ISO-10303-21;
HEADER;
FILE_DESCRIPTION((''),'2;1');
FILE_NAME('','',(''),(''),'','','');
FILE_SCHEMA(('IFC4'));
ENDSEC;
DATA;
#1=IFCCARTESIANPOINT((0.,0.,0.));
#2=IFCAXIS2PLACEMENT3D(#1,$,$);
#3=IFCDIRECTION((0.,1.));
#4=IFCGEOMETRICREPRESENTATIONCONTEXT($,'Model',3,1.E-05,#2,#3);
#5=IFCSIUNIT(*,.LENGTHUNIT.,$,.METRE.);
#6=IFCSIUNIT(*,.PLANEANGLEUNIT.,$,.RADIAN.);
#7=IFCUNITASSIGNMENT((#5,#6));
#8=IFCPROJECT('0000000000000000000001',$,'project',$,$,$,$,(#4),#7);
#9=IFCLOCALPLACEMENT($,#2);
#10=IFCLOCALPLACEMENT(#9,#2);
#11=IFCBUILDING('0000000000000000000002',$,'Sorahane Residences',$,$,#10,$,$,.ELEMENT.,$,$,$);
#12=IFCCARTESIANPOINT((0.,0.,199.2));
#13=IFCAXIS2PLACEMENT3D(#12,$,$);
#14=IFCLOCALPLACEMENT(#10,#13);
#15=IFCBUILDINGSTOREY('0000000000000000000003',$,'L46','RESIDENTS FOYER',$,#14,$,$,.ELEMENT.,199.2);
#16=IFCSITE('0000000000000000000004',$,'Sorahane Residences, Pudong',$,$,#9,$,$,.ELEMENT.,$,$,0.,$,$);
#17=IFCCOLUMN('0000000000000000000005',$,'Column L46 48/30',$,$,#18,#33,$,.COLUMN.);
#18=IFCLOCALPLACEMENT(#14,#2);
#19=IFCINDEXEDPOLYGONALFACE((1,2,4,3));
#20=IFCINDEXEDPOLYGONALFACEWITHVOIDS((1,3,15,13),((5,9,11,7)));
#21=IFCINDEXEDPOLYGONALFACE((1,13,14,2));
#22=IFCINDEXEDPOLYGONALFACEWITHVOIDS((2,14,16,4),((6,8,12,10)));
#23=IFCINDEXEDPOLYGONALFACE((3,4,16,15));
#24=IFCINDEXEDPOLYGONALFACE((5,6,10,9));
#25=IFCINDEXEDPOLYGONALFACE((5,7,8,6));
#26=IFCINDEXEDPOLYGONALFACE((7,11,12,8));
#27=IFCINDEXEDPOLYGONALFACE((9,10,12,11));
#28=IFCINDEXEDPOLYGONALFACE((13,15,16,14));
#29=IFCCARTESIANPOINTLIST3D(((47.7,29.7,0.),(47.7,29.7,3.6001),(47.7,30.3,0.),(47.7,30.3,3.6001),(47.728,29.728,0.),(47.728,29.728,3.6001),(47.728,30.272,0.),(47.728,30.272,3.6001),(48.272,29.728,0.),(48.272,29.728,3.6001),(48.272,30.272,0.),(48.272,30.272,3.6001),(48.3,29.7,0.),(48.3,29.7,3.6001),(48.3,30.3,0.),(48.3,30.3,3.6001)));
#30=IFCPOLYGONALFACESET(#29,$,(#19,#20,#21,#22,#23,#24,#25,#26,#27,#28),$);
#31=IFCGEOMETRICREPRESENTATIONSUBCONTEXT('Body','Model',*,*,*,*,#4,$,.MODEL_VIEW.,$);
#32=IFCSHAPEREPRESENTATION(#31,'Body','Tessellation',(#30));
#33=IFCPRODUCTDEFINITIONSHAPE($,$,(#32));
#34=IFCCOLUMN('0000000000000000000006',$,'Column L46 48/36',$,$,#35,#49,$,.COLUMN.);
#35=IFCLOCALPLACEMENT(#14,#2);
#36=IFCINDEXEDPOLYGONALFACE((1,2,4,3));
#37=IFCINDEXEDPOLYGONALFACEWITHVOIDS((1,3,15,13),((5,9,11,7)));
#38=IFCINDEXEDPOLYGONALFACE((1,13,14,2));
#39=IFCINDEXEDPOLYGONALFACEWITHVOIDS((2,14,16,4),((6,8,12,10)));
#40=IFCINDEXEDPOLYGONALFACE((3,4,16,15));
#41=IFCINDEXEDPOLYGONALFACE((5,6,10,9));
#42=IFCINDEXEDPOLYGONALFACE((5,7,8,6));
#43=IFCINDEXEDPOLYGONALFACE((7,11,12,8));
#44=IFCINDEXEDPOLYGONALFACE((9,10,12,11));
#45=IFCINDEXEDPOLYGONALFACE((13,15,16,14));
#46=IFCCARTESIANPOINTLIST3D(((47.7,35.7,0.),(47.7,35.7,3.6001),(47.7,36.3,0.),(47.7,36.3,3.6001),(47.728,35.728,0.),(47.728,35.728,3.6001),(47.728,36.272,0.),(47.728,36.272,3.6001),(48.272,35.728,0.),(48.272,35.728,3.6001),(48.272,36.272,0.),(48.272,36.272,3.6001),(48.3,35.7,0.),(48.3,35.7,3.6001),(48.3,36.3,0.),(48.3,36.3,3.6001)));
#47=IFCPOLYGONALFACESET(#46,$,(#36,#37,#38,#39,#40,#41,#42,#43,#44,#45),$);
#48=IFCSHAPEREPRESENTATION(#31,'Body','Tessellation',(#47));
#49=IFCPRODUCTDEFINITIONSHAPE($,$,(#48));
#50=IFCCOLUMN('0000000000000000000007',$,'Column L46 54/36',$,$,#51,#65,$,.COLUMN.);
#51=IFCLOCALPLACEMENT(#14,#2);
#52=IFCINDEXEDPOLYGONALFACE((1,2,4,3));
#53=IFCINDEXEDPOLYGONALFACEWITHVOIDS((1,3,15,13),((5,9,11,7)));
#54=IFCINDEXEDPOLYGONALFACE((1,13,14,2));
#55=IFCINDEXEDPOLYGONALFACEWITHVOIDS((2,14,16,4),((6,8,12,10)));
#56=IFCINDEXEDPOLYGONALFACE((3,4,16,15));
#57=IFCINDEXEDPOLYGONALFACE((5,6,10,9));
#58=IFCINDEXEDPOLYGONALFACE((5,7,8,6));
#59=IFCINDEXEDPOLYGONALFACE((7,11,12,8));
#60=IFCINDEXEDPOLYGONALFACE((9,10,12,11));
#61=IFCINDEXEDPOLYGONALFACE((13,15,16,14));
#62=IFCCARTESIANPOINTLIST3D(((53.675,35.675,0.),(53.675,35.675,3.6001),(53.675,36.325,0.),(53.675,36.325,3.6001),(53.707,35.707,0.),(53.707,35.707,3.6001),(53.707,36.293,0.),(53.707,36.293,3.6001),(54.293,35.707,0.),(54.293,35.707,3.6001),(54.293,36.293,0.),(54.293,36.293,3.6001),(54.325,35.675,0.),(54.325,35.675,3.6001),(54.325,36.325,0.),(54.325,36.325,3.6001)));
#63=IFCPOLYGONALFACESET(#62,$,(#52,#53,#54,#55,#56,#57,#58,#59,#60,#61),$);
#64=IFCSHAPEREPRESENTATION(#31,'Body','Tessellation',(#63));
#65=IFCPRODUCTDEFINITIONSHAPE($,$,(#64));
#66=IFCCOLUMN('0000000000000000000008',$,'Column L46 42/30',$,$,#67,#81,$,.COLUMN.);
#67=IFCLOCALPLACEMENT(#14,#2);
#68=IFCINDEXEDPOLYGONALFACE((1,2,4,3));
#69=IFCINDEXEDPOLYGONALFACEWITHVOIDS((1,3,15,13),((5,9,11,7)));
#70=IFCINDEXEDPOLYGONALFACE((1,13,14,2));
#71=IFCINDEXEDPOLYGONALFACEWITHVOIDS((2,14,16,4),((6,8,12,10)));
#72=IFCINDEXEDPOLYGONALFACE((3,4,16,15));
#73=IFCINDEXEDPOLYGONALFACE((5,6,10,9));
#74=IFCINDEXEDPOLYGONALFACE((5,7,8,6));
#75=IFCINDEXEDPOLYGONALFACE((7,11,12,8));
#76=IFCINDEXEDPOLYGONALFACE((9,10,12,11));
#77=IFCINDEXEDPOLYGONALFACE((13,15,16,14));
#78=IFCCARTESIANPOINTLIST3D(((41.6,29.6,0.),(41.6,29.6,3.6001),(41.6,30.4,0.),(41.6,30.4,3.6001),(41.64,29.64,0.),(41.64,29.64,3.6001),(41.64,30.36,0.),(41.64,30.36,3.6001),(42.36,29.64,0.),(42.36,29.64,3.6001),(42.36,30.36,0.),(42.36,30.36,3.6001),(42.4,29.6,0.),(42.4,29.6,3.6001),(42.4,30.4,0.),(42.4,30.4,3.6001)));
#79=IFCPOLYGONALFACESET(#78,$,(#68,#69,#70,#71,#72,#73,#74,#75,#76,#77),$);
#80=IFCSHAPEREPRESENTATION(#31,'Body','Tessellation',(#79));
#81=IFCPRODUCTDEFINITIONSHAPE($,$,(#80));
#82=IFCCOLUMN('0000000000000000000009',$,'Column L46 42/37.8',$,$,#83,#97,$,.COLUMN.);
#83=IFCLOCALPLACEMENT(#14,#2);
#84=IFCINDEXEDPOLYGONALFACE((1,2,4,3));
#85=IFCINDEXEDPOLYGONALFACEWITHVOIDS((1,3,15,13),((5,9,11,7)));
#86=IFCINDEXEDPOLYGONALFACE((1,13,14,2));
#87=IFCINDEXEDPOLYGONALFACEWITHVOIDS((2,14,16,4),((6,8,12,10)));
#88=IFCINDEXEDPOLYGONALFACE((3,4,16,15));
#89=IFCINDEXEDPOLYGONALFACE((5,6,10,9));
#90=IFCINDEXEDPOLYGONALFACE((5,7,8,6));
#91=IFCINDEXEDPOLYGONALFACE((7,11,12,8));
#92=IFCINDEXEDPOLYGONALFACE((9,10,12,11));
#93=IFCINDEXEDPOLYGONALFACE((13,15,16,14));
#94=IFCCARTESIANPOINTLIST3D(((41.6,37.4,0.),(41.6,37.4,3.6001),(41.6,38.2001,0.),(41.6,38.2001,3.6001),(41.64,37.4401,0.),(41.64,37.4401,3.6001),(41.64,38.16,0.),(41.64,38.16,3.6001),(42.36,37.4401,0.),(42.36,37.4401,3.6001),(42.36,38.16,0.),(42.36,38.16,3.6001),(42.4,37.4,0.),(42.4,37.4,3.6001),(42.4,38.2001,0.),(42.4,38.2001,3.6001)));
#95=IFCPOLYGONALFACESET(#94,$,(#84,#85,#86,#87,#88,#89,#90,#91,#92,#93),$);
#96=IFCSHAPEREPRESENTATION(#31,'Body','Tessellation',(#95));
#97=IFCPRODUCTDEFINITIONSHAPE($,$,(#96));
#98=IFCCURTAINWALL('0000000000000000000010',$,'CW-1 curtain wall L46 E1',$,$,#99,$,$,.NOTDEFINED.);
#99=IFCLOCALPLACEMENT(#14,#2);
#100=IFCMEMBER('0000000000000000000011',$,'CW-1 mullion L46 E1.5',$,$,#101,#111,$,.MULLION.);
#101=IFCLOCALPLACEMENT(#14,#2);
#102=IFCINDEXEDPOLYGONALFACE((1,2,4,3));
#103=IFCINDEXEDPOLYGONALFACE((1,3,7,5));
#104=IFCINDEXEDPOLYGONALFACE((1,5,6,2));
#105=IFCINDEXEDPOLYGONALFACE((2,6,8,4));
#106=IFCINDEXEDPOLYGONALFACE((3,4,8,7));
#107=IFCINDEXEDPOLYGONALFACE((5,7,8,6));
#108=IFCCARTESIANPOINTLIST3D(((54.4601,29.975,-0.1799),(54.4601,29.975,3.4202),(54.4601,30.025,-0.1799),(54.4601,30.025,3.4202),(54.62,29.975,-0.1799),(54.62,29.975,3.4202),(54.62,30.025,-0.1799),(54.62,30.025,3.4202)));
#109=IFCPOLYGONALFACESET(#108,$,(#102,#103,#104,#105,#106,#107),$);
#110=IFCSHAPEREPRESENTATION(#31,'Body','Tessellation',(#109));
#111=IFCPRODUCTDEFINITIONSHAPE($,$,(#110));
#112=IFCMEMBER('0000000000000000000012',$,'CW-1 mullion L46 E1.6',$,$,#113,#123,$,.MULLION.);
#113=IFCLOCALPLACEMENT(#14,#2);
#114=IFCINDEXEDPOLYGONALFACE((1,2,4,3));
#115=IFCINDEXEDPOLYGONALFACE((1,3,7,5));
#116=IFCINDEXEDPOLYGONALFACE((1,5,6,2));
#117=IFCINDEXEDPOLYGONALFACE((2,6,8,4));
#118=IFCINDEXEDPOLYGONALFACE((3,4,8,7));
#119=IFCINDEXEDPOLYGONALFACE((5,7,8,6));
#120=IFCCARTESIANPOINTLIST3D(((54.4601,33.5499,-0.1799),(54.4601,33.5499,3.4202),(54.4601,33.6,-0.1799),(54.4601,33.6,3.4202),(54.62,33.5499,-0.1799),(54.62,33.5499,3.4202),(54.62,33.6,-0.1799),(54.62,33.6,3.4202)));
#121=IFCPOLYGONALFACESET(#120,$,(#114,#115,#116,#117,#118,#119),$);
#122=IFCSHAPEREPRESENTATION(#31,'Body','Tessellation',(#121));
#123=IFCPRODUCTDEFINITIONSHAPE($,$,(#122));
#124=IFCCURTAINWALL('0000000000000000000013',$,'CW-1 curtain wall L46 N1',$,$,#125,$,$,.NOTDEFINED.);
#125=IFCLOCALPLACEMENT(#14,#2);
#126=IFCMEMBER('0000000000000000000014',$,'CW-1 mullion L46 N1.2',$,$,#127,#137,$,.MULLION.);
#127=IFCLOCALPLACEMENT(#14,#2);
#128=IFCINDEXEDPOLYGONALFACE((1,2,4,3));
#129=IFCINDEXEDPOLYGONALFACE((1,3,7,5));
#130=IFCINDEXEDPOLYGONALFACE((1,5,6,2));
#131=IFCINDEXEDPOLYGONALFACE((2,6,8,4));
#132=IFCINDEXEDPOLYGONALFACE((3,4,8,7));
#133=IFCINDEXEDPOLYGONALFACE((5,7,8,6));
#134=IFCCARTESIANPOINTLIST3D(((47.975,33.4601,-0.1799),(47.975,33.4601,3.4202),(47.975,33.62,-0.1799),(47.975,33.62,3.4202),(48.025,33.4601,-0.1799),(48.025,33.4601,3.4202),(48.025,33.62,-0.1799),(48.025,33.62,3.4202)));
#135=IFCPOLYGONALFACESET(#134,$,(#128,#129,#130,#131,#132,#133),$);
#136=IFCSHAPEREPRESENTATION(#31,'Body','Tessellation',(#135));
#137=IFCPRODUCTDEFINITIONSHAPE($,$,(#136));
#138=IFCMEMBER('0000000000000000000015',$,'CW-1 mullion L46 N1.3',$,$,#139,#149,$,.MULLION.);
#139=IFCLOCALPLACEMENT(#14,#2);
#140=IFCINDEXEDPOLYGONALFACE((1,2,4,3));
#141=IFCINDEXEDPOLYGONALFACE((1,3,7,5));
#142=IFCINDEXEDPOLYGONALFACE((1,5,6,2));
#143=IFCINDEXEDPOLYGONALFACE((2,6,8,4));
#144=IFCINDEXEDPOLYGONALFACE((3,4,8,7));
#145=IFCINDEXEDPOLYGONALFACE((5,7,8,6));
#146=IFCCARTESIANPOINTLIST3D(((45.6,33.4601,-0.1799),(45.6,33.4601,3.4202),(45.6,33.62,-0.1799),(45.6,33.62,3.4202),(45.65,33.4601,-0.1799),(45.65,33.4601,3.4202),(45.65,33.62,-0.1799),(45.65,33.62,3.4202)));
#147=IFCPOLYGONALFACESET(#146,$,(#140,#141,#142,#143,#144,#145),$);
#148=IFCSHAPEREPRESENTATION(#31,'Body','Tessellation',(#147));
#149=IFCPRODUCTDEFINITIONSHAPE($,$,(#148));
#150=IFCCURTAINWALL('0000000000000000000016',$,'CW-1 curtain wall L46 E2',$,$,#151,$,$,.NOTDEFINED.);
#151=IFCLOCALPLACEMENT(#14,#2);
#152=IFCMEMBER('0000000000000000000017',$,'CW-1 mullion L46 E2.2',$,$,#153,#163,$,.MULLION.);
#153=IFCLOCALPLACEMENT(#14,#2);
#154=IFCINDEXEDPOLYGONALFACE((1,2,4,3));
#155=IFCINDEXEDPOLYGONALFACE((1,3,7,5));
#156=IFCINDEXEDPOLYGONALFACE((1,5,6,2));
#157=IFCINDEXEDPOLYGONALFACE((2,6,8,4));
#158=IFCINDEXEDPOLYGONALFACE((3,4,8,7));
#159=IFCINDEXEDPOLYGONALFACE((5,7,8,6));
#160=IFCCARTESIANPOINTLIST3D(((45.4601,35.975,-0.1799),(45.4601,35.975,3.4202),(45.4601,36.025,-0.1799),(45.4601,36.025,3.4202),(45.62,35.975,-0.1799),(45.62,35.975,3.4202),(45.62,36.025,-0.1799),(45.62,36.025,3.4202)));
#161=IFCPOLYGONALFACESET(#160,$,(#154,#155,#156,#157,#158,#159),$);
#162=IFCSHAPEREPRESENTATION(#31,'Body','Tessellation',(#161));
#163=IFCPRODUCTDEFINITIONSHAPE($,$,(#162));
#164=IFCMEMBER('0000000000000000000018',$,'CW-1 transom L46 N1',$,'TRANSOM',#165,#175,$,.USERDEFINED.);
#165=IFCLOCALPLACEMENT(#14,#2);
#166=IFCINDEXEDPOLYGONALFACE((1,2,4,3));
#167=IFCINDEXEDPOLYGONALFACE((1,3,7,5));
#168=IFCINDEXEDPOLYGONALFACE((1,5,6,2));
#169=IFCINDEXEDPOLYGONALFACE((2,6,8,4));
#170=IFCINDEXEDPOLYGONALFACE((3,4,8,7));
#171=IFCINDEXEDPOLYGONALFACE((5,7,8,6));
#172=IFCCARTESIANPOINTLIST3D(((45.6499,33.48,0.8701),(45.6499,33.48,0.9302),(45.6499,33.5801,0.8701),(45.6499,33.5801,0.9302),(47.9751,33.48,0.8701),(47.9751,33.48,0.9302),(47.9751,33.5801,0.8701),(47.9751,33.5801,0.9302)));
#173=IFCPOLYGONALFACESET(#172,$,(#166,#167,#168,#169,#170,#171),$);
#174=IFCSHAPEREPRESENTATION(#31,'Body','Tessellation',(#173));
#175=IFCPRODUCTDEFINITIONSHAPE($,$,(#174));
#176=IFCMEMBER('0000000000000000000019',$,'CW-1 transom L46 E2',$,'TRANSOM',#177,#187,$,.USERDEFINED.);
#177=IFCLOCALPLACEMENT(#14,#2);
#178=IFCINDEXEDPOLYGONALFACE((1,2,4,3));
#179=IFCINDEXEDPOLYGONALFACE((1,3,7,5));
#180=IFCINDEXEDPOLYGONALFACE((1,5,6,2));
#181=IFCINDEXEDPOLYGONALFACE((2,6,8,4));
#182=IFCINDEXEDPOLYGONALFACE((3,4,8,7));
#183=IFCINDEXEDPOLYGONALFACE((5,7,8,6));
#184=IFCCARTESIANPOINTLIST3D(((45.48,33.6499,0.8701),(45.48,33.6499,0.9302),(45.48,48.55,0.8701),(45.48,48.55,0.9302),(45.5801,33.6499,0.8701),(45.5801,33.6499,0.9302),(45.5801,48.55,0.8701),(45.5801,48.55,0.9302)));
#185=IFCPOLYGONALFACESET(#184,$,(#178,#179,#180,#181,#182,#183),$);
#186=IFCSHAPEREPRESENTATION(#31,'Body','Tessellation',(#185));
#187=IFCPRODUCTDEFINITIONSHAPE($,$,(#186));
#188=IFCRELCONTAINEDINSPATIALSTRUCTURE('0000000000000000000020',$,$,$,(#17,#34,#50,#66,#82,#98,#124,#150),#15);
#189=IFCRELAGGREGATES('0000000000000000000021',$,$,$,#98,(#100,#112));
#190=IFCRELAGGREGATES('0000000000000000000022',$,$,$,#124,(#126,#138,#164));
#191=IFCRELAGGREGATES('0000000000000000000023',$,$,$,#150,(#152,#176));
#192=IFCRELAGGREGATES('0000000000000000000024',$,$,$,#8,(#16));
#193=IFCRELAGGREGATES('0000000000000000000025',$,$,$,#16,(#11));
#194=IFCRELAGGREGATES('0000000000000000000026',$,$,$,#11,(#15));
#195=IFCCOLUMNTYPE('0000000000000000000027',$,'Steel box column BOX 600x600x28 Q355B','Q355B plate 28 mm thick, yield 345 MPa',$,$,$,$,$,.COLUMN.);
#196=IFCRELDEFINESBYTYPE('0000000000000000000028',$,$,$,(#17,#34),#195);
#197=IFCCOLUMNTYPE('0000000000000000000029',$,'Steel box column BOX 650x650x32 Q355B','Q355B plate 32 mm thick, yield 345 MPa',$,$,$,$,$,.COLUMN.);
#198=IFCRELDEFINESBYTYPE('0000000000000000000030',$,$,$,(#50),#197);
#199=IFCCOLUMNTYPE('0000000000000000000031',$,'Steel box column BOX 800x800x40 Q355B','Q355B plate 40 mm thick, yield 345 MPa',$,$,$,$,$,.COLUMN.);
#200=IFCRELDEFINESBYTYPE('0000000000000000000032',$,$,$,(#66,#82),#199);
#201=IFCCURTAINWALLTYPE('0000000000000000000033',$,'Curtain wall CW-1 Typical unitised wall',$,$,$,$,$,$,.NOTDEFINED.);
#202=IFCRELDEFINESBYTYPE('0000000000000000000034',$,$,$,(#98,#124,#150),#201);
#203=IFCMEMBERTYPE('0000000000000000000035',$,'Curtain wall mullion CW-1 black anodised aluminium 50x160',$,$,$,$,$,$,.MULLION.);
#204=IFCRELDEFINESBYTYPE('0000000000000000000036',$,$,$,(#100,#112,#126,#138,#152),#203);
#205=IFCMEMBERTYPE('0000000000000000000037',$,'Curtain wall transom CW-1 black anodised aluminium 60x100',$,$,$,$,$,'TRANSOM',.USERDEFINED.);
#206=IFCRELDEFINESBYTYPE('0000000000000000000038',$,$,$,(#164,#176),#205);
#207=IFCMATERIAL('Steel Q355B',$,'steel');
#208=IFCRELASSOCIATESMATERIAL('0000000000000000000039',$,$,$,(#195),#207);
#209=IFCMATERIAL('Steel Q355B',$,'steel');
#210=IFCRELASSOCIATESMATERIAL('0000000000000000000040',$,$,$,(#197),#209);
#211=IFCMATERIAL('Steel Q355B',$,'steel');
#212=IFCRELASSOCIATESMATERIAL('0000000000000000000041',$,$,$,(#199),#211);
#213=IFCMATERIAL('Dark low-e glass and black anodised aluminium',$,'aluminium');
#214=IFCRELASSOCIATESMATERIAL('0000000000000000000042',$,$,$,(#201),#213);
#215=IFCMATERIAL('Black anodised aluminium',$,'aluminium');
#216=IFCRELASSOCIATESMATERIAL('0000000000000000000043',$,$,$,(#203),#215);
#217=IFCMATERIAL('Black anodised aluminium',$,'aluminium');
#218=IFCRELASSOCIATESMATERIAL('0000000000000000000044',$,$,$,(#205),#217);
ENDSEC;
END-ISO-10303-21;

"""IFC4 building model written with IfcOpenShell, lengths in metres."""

from ifc_helpers import new_model, si_unit, direction, frame, origin, origin_2d, place, context, subcontext, project, spatial, rectangle, hollow_rectangle, extrude, material, material_profile, profile_set, type_object, element, aggregate, save


model = new_model("IFC4")

# Units and contexts
model_context = context("Model", 3, precision=1e-05, world=origin(), true_north=direction((0.0, 1.0)))
body_context = subcontext(model_context, "Body", "Model", "MODEL_VIEW")
ifc_project = project(units=[si_unit("LENGTHUNIT", "METRE"), si_unit("PLANEANGLEUNIT", "RADIAN")], contexts=[model_context])

# Site, building, storey
site_placement = place(None, origin())
site = spatial("IfcSite", under=ifc_project, at=site_placement, Name="Sorahane Residences, Pudong", CompositionType="ELEMENT", RefElevation=0.0)
building_placement = place(site_placement, origin())
building = spatial("IfcBuilding", under=site, at=building_placement, Name="Sorahane Residences", CompositionType="ELEMENT")
storey_placement = place(building_placement, frame((0.0, 0.0, 199.2)))
storey = spatial("IfcBuildingStorey", under=building, at=storey_placement, Name="L46", Description="RESIDENTS FOYER", CompositionType="ELEMENT", Elevation=199.2)

# Columns
ifc_material_1 = material(Name="Steel Q355B", Category="steel")
ifc_material_profile_1 = material_profile(ifc_material_1, hollow_rectangle(XDim=0.6001, YDim=0.6001, WallThickness=0.0281, at=origin_2d()), Name="BOX 600x600x28")
ifc_profile_set_1 = profile_set([ifc_material_profile_1], Name="Steel Q355B")
column_type_1 = type_object("IfcColumnType", Name="Steel box column BOX 600x600x28 Q355B", Description="Q355B plate 28 mm thick, yield 345 MPa", PredefinedType="COLUMN", material=ifc_profile_set_1)
for number, where, z_axis, x_axis, name in (
    (1, (48.0, 30.0, 0.0), (0.0, 0.0, 1.0), (1.0, 0.0, 0.0), "Column L46 48/30"),
    (2, (48.0, 36.0, 0.0), (0.0, 0.0, 1.0), (1.0, 0.0, 0.0), "Column L46 48/36"),
):
    element("IfcColumn", number, at=place(storey_placement, frame(where, z_axis=z_axis, x_axis=x_axis)), inside=storey, type_object=column_type_1, Name=name, PredefinedType="COLUMN", context=body_context, shape_type="SweptSolid", body=[
        extrude(hollow_rectangle(XDim=0.6001, YDim=0.6001, WallThickness=0.0281, at=origin_2d()), origin(), (0.0, 0.0, 1.0), 3.6001),
    ])
ifc_material_2 = material(Name="Steel Q355B", Category="steel")
ifc_material_profile_2 = material_profile(ifc_material_2, hollow_rectangle(XDim=0.6499, YDim=0.6499, WallThickness=0.032, at=origin_2d()), Name="BOX 650x650x32")
ifc_profile_set_2 = profile_set([ifc_material_profile_2], Name="Steel Q355B")
column_type_2 = type_object("IfcColumnType", Name="Steel box column BOX 650x650x32 Q355B", Description="Q355B plate 32 mm thick, yield 345 MPa", PredefinedType="COLUMN", material=ifc_profile_set_2)
column_placement = place(storey_placement, frame((54.0, 36.0, 0.0), z_axis=(0.0, 0.0, 1.0), x_axis=(1.0, 0.0, 0.0)))
element("IfcColumn", 3, at=column_placement, inside=storey, type_object=column_type_2, Name="Column L46 54/36", PredefinedType="COLUMN", context=body_context, shape_type="SweptSolid", body=[
    extrude(hollow_rectangle(XDim=0.6499, YDim=0.6499, WallThickness=0.032, at=origin_2d()), origin(), (0.0, 0.0, 1.0), 3.6001),
])
ifc_material_3 = material(Name="Steel Q355B", Category="steel")
ifc_material_profile_3 = material_profile(ifc_material_3, hollow_rectangle(XDim=0.8, YDim=0.8, WallThickness=0.04, at=origin_2d()), Name="BOX 800x800x40")
ifc_profile_set_3 = profile_set([ifc_material_profile_3], Name="Steel Q355B")
column_type_3 = type_object("IfcColumnType", Name="Steel box column BOX 800x800x40 Q355B", Description="Q355B plate 40 mm thick, yield 345 MPa", PredefinedType="COLUMN", material=ifc_profile_set_3)
for number, where, z_axis, x_axis, name in (
    (4, (42.0, 30.0, 0.0), (0.0, 0.0, 1.0), (1.0, 0.0, 0.0), "Column L46 42/30"),
    (5, (42.0, 37.8, 0.0), (0.0, 0.0, 1.0), (1.0, 0.0, 0.0), "Column L46 42/37.8"),
):
    element("IfcColumn", number, at=place(storey_placement, frame(where, z_axis=z_axis, x_axis=x_axis)), inside=storey, type_object=column_type_3, Name=name, PredefinedType="COLUMN", context=body_context, shape_type="SweptSolid", body=[
        extrude(hollow_rectangle(XDim=0.8, YDim=0.8, WallThickness=0.04, at=origin_2d()), origin(), (0.0, 0.0, 1.0), 3.6001),
    ])

# Curtain walls, members
ifc_material_4 = material(Name="Dark low-e glass and black anodised aluminium", Category="aluminium")
curtain_wall_type = type_object("IfcCurtainWallType", Name="Curtain wall CW-1 Typical unitised wall", PredefinedType="NOTDEFINED", material=ifc_material_4)
curtain_wall_1_placement = place(storey_placement, origin())
curtain_wall_1 = element("IfcCurtainWall", 6, at=curtain_wall_1_placement, inside=storey, type_object=curtain_wall_type, Name="CW-1 curtain wall L46 E1", PredefinedType="NOTDEFINED")
ifc_material_5 = material(Name="Black anodised aluminium", Category="aluminium")
ifc_material_profile_4 = material_profile(ifc_material_5, rectangle(XDim=0.1599, YDim=0.05, at=origin_2d()), Name="Curtain wall mullion CW-1 black anodised aluminium 50x160")
ifc_profile_set_4 = profile_set([ifc_material_profile_4], Name="Black anodised aluminium")
member_type_1 = type_object("IfcMemberType", Name="Curtain wall mullion CW-1 black anodised aluminium 50x160", PredefinedType="MULLION", material=ifc_profile_set_4)
member_1_placement = place(storey_placement, frame((54.54, 30.0, -0.1799), z_axis=(0.0, 0.0, 1.0), x_axis=(1.0, 0.0, 0.0)))
member_1 = element("IfcMember", 7, at=member_1_placement, type_object=member_type_1, Name="CW-1 mullion L46 E1.5", PredefinedType="MULLION", context=body_context, shape_type="SweptSolid", body=[
    extrude(rectangle(XDim=0.1599, YDim=0.05, at=origin_2d()), origin(), (0.0, 0.0, 1.0), 3.6001),
])
member_2_placement = place(storey_placement, frame((54.54, 33.575, -0.1799), z_axis=(0.0, 0.0, 1.0), x_axis=(1.0, 0.0, 0.0)))
member_2 = element("IfcMember", 8, at=member_2_placement, type_object=member_type_1, Name="CW-1 mullion L46 E1.6", PredefinedType="MULLION", context=body_context, shape_type="SweptSolid", body=[
    extrude(rectangle(XDim=0.1599, YDim=0.05, at=origin_2d()), origin(), (0.0, 0.0, 1.0), 3.6001),
])
curtain_wall_2_placement = place(storey_placement, origin())
curtain_wall_2 = element("IfcCurtainWall", 9, at=curtain_wall_2_placement, inside=storey, type_object=curtain_wall_type, Name="CW-1 curtain wall L46 N1", PredefinedType="NOTDEFINED")
member_3_placement = place(storey_placement, frame((48.0, 33.54, -0.1799), z_axis=(0.0, 0.0, 1.0), x_axis=(0.0, 1.0, 0.0)))
member_3 = element("IfcMember", 10, at=member_3_placement, type_object=member_type_1, Name="CW-1 mullion L46 N1.2", PredefinedType="MULLION", context=body_context, shape_type="SweptSolid", body=[
    extrude(rectangle(XDim=0.1599, YDim=0.05, at=origin_2d()), origin(), (0.0, 0.0, 1.0), 3.6001),
])
member_4_placement = place(storey_placement, frame((45.625, 33.54, -0.1799), z_axis=(0.0, 0.0, 1.0), x_axis=(0.0, 1.0, 0.0)))
member_4 = element("IfcMember", 11, at=member_4_placement, type_object=member_type_1, Name="CW-1 mullion L46 N1.3", PredefinedType="MULLION", context=body_context, shape_type="SweptSolid", body=[
    extrude(rectangle(XDim=0.1599, YDim=0.05, at=origin_2d()), origin(), (0.0, 0.0, 1.0), 3.6001),
])

# Curtain wall, member
curtain_wall_3_placement = place(storey_placement, origin())
curtain_wall_3 = element("IfcCurtainWall", 12, at=curtain_wall_3_placement, inside=storey, type_object=curtain_wall_type, Name="CW-1 curtain wall L46 E2", PredefinedType="NOTDEFINED")
member_5_placement = place(storey_placement, frame((45.54, 36.0, -0.1799), z_axis=(0.0, 0.0, 1.0), x_axis=(1.0, 0.0, 0.0)))
member_5 = element("IfcMember", 13, at=member_5_placement, type_object=member_type_1, Name="CW-1 mullion L46 E2.2", PredefinedType="MULLION", context=body_context, shape_type="SweptSolid", body=[
    extrude(rectangle(XDim=0.1599, YDim=0.05, at=origin_2d()), origin(), (0.0, 0.0, 1.0), 3.6001),
])

# Members
ifc_material_6 = material(Name="Black anodised aluminium", Category="aluminium")
ifc_material_profile_5 = material_profile(ifc_material_6, rectangle(XDim=0.1001, YDim=0.0601, at=origin_2d()), Name="Curtain wall transom CW-1 black anodised aluminium 60x100")
ifc_profile_set_5 = profile_set([ifc_material_profile_5], Name="Black anodised aluminium")
member_type_2 = type_object("IfcMemberType", Name="Curtain wall transom CW-1 black anodised aluminium 60x100", ElementType="TRANSOM", PredefinedType="USERDEFINED", material=ifc_profile_set_5)
member_6_placement = place(storey_placement, frame((47.9751, 33.53, 0.9001), z_axis=(-1.0, 0.0, 0.0), x_axis=(0.0, -1.0, 0.0)))
member_6 = element("IfcMember", 14, at=member_6_placement, type_object=member_type_2, Name="CW-1 transom L46 N1", ObjectType="TRANSOM", PredefinedType="USERDEFINED", context=body_context, shape_type="SweptSolid", body=[
    extrude(rectangle(XDim=0.1001, YDim=0.0601, at=origin_2d()), origin(), (0.0, 0.0, 1.0), 2.3252),
])
member_7_placement = place(storey_placement, frame((45.53, 33.6499, 0.9001), z_axis=(0.0, 1.0, 0.0), x_axis=(-1.0, 0.0, 0.0)))
member_7 = element("IfcMember", 15, at=member_7_placement, type_object=member_type_2, Name="CW-1 transom L46 E2", ObjectType="TRANSOM", PredefinedType="USERDEFINED", context=body_context, shape_type="SweptSolid", body=[
    extrude(rectangle(XDim=0.1001, YDim=0.0601, at=origin_2d()), origin(), (0.0, 0.0, 1.0), 14.9001),
])

aggregate(curtain_wall_1, [member_1, member_2])
aggregate(curtain_wall_2, [member_3, member_4, member_6])
aggregate(curtain_wall_3, [member_5, member_7])

save(model, "model.ifc")
